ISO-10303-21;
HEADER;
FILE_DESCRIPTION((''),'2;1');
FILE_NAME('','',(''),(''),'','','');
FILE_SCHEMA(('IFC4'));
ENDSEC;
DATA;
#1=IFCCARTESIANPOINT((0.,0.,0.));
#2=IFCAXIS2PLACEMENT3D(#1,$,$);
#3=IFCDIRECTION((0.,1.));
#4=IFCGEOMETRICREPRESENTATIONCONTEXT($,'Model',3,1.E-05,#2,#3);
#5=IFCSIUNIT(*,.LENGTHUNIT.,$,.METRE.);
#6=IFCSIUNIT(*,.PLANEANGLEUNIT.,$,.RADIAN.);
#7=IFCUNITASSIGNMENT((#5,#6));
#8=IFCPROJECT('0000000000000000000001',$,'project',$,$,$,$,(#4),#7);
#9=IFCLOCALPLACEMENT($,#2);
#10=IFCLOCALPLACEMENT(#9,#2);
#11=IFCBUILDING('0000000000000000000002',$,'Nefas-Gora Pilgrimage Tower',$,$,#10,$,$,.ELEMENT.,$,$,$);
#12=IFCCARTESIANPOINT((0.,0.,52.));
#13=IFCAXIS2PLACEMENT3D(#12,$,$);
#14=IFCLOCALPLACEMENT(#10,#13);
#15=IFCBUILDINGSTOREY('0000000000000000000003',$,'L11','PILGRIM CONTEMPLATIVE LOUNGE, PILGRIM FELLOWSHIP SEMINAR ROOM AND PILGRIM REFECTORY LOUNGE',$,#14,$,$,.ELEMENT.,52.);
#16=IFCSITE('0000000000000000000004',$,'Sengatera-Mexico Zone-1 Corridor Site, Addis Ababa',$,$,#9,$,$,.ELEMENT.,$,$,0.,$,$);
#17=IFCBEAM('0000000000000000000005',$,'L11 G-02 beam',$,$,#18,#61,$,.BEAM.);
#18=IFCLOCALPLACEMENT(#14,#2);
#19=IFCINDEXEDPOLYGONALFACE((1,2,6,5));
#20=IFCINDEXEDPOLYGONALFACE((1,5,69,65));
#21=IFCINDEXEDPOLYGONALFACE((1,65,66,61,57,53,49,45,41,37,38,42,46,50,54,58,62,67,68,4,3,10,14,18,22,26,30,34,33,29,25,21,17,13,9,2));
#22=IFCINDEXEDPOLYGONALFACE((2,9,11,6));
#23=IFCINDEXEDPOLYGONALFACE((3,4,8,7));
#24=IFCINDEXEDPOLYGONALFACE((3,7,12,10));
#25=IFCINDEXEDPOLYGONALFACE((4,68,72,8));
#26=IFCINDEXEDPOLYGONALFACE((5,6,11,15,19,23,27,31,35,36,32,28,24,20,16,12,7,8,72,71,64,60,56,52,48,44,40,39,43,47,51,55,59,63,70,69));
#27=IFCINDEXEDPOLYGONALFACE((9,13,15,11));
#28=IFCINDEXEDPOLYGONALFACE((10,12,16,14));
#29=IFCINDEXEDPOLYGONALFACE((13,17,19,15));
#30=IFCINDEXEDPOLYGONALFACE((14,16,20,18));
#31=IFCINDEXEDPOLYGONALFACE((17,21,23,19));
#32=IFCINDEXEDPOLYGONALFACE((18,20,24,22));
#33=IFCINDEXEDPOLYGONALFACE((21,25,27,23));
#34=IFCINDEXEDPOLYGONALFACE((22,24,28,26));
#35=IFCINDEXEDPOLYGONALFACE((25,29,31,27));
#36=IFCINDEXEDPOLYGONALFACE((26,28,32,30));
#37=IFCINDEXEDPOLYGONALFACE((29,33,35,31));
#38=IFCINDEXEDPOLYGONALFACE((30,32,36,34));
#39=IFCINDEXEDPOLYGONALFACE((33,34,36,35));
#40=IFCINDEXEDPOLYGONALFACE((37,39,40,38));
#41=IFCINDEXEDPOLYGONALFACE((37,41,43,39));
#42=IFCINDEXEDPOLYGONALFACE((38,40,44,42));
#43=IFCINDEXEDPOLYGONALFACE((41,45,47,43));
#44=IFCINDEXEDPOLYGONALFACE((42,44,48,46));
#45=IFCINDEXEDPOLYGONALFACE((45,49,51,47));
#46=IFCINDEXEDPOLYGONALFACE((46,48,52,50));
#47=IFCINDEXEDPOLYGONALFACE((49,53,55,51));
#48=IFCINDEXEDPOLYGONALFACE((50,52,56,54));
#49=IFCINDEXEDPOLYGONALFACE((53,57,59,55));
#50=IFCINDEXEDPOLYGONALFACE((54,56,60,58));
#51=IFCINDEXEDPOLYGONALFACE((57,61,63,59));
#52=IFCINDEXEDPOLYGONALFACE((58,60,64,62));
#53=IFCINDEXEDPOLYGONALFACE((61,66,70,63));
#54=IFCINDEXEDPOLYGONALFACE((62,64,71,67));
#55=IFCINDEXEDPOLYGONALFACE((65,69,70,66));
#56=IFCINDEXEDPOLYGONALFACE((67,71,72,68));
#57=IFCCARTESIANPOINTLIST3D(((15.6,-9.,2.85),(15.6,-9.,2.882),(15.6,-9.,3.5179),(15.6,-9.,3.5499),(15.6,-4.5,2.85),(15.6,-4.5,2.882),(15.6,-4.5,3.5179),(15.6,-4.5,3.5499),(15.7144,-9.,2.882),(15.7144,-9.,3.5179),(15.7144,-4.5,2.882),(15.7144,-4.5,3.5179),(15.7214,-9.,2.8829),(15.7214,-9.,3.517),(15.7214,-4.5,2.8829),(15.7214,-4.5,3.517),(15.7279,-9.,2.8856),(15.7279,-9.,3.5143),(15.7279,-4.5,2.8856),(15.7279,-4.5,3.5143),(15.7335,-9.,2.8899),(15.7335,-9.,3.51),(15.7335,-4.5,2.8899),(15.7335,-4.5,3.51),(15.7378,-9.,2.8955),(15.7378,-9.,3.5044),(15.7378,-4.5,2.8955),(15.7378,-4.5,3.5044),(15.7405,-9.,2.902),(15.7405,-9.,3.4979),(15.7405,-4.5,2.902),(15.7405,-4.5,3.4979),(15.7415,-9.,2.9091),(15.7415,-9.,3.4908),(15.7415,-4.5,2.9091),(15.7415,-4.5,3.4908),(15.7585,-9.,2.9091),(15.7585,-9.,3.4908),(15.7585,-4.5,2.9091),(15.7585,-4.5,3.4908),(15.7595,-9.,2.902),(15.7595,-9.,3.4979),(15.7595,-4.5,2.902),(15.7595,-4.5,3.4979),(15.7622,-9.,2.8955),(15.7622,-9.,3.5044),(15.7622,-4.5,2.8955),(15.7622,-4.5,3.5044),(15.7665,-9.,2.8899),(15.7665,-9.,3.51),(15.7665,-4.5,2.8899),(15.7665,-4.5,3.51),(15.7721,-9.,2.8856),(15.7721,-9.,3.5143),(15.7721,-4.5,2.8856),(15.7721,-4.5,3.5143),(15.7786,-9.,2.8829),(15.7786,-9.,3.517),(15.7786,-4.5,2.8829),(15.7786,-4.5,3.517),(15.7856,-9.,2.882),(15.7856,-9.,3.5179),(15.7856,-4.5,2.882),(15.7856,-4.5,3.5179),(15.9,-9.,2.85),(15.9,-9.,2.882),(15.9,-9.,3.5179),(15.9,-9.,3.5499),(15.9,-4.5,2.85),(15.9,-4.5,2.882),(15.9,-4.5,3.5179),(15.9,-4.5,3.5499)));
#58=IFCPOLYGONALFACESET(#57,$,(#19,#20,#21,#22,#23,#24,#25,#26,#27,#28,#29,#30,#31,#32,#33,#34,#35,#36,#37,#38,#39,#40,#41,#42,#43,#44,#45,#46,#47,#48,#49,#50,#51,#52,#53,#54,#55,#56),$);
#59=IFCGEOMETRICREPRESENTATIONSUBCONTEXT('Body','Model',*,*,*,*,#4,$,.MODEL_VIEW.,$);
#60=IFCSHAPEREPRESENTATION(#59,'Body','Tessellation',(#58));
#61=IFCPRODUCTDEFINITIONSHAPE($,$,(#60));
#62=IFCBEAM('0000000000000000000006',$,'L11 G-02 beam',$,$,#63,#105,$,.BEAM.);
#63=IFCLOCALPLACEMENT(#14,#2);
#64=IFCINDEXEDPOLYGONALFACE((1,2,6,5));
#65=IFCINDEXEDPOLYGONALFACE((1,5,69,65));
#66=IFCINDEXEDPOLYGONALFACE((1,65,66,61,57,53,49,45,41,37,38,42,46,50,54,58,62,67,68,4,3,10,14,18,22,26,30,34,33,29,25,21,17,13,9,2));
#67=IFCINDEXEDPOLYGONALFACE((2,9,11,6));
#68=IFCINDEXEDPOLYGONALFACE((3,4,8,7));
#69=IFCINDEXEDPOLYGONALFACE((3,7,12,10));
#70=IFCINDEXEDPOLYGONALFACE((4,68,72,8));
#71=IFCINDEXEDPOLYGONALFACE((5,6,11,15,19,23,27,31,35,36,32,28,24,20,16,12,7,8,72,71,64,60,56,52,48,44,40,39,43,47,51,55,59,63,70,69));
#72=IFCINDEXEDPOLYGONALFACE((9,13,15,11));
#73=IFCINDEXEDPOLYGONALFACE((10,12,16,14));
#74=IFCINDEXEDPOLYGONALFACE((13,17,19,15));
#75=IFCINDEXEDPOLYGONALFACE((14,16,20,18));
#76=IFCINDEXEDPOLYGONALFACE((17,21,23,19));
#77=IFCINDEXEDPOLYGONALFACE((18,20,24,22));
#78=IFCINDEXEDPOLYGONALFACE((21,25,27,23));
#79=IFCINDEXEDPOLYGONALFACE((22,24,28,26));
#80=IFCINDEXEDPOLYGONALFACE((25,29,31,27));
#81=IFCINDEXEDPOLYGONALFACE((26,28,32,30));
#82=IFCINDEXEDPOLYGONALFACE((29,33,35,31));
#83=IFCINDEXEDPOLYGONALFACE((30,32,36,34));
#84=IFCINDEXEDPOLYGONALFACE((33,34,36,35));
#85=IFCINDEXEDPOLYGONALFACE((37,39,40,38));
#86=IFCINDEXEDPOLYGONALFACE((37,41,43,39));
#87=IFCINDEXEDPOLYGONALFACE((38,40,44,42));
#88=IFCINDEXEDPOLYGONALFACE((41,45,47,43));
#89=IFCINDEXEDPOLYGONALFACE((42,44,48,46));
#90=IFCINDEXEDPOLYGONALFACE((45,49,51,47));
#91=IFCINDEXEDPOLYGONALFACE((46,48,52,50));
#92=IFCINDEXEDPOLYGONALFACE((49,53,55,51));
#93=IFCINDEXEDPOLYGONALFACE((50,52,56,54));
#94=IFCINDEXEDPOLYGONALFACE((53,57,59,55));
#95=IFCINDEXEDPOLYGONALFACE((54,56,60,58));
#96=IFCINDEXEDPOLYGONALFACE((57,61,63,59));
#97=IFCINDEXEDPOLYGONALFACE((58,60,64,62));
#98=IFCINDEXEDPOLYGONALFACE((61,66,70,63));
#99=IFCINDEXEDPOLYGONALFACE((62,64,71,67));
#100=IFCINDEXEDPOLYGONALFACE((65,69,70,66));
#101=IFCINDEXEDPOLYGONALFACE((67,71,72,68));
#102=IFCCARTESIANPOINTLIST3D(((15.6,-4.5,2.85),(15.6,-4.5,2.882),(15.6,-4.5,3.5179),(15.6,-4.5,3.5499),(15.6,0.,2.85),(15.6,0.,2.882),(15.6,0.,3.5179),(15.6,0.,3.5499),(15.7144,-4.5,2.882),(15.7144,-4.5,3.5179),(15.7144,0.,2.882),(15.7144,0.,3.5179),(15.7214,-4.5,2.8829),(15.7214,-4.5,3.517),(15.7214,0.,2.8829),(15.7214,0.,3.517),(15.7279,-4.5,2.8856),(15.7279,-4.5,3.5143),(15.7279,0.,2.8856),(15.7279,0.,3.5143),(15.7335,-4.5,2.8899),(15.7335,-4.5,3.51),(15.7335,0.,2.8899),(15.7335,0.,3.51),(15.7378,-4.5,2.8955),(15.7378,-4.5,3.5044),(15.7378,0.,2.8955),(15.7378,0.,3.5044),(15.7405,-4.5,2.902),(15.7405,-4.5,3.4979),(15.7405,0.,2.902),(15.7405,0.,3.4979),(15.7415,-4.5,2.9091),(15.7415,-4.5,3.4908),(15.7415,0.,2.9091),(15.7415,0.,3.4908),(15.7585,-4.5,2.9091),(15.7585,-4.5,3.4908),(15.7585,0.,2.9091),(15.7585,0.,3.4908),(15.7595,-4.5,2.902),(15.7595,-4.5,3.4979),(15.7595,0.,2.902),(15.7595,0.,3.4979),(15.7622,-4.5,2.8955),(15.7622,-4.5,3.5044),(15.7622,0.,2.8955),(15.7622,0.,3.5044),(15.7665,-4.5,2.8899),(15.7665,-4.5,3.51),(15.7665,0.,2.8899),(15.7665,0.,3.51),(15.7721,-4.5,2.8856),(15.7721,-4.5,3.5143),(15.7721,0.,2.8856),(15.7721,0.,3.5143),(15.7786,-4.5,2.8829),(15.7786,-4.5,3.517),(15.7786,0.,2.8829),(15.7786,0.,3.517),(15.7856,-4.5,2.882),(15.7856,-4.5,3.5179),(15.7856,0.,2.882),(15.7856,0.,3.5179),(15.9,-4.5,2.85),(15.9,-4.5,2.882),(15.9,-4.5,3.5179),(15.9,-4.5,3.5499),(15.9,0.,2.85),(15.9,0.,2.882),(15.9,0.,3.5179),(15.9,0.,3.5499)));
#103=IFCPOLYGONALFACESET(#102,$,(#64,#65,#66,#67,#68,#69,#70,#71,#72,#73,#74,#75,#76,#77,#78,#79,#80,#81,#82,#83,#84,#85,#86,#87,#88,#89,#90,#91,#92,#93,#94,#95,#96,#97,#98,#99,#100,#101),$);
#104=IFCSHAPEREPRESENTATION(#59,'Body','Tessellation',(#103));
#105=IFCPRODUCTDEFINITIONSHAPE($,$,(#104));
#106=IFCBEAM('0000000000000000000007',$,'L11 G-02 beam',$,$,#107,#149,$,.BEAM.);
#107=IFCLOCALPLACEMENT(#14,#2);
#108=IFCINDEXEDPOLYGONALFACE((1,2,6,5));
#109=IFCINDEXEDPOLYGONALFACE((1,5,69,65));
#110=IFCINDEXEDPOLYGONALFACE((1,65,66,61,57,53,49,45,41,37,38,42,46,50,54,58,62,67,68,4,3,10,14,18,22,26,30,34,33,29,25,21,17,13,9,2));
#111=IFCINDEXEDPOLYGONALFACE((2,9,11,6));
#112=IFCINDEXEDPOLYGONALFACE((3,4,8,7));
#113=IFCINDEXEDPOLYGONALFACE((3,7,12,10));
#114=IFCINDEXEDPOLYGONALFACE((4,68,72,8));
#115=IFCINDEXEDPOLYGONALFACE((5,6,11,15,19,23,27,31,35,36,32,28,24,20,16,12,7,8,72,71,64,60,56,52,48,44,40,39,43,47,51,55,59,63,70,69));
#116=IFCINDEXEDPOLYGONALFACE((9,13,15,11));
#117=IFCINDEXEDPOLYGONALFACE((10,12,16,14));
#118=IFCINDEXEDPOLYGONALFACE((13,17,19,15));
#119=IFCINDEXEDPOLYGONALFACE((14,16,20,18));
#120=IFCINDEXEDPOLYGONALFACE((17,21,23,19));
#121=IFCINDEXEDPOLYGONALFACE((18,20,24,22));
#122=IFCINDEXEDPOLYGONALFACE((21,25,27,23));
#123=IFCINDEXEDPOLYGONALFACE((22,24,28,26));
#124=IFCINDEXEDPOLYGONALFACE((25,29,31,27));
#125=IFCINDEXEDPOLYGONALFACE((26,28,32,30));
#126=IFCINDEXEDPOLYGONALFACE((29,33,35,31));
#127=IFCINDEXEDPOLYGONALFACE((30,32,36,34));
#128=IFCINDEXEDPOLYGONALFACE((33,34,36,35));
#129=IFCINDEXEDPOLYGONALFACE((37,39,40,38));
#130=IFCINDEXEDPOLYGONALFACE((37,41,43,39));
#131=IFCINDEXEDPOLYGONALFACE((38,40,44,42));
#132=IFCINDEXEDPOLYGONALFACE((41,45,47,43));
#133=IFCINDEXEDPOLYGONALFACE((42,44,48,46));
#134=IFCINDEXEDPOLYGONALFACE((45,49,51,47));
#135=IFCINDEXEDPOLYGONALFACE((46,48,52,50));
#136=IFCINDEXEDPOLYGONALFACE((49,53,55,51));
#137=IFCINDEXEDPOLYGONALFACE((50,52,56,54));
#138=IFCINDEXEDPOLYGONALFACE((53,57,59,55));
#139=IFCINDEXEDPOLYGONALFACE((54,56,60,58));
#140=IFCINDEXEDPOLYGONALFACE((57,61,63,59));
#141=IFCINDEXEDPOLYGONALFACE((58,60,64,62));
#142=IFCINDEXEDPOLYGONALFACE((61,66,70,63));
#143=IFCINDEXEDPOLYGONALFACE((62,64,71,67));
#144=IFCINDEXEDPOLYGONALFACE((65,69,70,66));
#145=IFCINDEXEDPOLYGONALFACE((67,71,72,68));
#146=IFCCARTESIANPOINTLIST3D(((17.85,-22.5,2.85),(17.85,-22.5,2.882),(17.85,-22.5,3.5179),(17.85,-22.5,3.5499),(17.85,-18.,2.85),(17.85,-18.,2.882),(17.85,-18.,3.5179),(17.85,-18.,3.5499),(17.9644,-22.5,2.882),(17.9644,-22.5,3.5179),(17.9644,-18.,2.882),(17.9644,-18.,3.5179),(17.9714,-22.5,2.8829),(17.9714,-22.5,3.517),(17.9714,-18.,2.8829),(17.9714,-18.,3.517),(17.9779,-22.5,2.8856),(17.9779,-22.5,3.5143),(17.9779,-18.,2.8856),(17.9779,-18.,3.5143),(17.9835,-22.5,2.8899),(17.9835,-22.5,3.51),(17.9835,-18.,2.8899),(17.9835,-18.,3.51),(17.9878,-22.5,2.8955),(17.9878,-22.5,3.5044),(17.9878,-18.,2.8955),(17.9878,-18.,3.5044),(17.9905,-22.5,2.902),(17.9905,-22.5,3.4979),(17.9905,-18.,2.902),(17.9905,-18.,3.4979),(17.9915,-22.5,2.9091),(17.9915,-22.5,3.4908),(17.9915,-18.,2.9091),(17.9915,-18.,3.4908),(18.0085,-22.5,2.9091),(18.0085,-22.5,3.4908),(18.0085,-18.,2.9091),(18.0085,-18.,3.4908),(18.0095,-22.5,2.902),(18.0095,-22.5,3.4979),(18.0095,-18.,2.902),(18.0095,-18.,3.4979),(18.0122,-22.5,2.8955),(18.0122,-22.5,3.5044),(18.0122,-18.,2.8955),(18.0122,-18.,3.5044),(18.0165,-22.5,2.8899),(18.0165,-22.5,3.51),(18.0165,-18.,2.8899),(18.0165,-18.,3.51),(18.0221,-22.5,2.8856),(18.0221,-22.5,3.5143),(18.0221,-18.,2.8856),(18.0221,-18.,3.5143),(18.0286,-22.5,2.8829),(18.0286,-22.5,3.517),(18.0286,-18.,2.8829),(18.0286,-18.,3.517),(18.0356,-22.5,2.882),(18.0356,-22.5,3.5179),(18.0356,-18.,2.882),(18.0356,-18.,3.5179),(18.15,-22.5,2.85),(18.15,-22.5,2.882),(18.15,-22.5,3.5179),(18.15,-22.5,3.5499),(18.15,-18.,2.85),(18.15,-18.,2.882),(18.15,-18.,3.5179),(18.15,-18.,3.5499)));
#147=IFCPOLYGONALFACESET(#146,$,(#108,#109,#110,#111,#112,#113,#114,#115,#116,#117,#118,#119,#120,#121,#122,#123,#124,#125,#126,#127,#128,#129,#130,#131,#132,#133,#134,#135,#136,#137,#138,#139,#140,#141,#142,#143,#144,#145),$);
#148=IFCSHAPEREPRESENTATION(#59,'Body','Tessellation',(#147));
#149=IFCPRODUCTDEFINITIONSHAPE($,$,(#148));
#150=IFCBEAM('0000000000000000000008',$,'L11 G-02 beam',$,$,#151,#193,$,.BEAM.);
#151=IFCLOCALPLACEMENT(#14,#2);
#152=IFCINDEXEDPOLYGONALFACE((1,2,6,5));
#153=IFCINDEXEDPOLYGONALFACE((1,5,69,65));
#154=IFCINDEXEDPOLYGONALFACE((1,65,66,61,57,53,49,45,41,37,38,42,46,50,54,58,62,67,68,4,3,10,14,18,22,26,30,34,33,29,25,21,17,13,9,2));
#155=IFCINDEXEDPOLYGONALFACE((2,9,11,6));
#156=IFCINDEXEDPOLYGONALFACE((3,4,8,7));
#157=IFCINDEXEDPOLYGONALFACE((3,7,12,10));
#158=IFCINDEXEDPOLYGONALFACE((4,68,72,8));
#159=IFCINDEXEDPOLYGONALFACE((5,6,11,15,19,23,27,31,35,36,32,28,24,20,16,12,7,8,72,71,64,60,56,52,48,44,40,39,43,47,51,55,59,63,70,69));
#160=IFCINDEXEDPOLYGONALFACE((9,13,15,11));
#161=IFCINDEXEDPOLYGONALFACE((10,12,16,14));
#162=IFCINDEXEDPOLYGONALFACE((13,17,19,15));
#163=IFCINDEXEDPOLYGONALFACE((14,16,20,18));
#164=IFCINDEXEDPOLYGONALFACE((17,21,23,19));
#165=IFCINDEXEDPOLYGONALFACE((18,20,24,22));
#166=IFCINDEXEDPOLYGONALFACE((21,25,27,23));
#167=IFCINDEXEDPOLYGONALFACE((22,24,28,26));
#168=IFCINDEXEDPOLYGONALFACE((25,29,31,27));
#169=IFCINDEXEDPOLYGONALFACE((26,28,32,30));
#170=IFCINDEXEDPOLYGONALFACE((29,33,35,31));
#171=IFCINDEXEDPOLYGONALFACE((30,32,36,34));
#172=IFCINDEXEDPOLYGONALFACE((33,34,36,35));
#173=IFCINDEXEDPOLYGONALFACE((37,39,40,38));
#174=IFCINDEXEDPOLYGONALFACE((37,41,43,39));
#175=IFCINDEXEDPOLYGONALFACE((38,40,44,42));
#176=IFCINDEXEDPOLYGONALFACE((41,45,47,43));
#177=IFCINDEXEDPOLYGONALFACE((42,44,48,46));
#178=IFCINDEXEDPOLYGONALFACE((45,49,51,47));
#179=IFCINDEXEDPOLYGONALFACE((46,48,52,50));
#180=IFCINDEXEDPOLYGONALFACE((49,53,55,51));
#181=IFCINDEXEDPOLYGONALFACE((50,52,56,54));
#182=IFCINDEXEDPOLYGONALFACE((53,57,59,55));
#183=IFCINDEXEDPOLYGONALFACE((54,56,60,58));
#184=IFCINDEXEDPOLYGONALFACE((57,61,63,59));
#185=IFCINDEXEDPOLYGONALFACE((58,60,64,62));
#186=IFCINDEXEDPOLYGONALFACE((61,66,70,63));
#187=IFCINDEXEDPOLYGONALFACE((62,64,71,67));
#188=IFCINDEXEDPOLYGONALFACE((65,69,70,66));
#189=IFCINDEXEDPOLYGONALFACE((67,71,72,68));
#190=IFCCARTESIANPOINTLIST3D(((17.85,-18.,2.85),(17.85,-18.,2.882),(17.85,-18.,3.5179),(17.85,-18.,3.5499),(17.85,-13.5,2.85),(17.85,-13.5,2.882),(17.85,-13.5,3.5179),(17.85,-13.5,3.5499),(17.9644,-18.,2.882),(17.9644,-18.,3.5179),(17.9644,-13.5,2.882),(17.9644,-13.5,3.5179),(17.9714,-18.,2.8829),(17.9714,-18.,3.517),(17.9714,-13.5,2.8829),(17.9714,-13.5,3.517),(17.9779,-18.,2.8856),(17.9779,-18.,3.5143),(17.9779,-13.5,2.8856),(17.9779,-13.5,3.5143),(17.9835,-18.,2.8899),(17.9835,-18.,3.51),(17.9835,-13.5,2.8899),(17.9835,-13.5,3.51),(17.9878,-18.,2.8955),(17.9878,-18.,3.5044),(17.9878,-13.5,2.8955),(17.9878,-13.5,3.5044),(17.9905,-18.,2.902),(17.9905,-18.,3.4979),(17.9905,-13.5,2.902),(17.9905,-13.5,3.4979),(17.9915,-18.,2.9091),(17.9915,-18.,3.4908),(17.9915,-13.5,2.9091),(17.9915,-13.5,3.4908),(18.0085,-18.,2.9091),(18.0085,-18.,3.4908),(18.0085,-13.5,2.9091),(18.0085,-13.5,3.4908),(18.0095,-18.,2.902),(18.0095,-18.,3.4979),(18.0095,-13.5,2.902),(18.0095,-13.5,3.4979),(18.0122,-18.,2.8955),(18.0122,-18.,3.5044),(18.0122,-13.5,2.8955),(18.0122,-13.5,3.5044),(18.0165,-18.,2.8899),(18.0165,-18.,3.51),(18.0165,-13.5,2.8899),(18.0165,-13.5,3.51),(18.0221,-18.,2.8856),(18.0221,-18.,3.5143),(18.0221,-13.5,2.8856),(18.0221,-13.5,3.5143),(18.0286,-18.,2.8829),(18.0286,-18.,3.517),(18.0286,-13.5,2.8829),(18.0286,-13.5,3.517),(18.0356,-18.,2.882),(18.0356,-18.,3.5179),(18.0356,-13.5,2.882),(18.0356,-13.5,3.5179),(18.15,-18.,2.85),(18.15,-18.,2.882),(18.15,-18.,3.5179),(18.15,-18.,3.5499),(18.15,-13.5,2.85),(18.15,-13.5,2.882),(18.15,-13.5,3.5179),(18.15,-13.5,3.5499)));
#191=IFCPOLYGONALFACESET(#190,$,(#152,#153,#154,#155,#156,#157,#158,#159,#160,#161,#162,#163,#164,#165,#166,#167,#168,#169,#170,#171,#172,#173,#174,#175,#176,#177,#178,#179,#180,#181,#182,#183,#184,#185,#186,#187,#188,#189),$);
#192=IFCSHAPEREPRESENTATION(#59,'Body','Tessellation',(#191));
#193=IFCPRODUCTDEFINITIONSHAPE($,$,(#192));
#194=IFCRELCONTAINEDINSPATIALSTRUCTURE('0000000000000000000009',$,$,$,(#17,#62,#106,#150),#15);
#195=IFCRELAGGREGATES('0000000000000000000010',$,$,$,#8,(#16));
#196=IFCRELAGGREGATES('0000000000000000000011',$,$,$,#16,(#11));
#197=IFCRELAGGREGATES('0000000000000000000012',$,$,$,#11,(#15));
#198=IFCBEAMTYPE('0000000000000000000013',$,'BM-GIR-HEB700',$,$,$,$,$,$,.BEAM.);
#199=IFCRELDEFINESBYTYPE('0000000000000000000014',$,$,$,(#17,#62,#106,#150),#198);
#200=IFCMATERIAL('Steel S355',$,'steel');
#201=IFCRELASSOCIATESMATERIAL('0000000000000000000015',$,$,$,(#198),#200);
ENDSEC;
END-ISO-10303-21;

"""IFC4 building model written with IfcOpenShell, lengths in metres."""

from ifc_helpers import new_model, si_unit, direction, frame, origin, origin_2d, place, context, subcontext, project, spatial, i_section, extrude, source, transform, mapped, material, material_profile, profile_set, type_object, element, save


model = new_model("IFC4")

# Units and contexts
model_context = context("Model", 3, precision=1e-05, world=origin(), true_north=direction((0.0, 1.0)))
body_context = subcontext(model_context, "Body", "Model", "MODEL_VIEW")
ifc_project = project(units=[si_unit("LENGTHUNIT", "METRE"), si_unit("PLANEANGLEUNIT", "RADIAN")], contexts=[model_context])

# Site, building, storey
site_placement = place(None, origin())
site = spatial("IfcSite", under=ifc_project, at=site_placement, Name="Sengatera-Mexico Zone-1 Corridor Site, Addis Ababa", CompositionType="ELEMENT", RefElevation=0.0)
building_placement = place(site_placement, origin())
building = spatial("IfcBuilding", under=site, at=building_placement, Name="Nefas-Gora Pilgrimage Tower", CompositionType="ELEMENT")
storey_placement = place(building_placement, frame((0.0, 0.0, 52.0)))
storey = spatial("IfcBuildingStorey", under=building, at=storey_placement, Name="L11", Description="PILGRIM CONTEMPLATIVE LOUNGE, PILGRIM FELLOWSHIP SEMINAR ROOM AND PILGRIM REFECTORY LOUNGE", CompositionType="ELEMENT", Elevation=52.0)

# Beams
ifc_material_1 = material(Name="Steel S355", Category="steel")
ifc_material_profile_1 = material_profile(ifc_material_1, i_section(OverallWidth=0.3, OverallDepth=0.7, WebThickness=0.0171, FlangeThickness=0.032, FilletRadius=0.0271, at=origin_2d()), Name="HEB 700")
ifc_profile_set_1 = profile_set([ifc_material_profile_1], Name="Steel S355")
beam_type_1 = type_object("IfcBeamType", Name="BM-GIR-HEB700", PredefinedType="BEAM", material=ifc_profile_set_1)
shared_shape_1 = source(origin(), body_context, "Body", "SweptSolid", [
    extrude(i_section(OverallWidth=0.3, OverallDepth=0.7, WebThickness=0.0171, FlangeThickness=0.032, FilletRadius=0.0271, at=origin_2d()), origin(), (0.0, 0.0, 1.0), 4.5),
])
for number, where, z_axis, x_axis, name in (
    (1, (15.75, -9.0, 3.2), (0.0, 1.0, 0.0), (-1.0, 0.0, 0.0), "L11 G-02 beam"),
    (2, (15.75, -4.5, 3.2), (0.0, 1.0, 0.0), (-1.0, 0.0, 0.0), "L11 G-02 beam"),
    (3, (18.0, -22.5, 3.2), (0.0, 1.0, 0.0), (-1.0, 0.0, 0.0), "L11 G-02 beam"),
    (4, (18.0, -18.0, 3.2), (0.0, 1.0, 0.0), (-1.0, 0.0, 0.0), "L11 G-02 beam"),
):
    element("IfcBeam", number, at=place(storey_placement, frame(where, z_axis=z_axis, x_axis=x_axis)), inside=storey, type_object=beam_type_1, Name=name, PredefinedType="BEAM", context=body_context, shape_type="MappedRepresentation", body=[
        mapped(shared_shape_1, transform((0.0, 0.0, 0.0), x_axis=(1.0, 0.0, 0.0), y_axis=(0.0, 1.0, 0.0), z_axis=(0.0, 0.0, 1.0), scale=1.0)),
    ])

save(model, "model.ifc")
